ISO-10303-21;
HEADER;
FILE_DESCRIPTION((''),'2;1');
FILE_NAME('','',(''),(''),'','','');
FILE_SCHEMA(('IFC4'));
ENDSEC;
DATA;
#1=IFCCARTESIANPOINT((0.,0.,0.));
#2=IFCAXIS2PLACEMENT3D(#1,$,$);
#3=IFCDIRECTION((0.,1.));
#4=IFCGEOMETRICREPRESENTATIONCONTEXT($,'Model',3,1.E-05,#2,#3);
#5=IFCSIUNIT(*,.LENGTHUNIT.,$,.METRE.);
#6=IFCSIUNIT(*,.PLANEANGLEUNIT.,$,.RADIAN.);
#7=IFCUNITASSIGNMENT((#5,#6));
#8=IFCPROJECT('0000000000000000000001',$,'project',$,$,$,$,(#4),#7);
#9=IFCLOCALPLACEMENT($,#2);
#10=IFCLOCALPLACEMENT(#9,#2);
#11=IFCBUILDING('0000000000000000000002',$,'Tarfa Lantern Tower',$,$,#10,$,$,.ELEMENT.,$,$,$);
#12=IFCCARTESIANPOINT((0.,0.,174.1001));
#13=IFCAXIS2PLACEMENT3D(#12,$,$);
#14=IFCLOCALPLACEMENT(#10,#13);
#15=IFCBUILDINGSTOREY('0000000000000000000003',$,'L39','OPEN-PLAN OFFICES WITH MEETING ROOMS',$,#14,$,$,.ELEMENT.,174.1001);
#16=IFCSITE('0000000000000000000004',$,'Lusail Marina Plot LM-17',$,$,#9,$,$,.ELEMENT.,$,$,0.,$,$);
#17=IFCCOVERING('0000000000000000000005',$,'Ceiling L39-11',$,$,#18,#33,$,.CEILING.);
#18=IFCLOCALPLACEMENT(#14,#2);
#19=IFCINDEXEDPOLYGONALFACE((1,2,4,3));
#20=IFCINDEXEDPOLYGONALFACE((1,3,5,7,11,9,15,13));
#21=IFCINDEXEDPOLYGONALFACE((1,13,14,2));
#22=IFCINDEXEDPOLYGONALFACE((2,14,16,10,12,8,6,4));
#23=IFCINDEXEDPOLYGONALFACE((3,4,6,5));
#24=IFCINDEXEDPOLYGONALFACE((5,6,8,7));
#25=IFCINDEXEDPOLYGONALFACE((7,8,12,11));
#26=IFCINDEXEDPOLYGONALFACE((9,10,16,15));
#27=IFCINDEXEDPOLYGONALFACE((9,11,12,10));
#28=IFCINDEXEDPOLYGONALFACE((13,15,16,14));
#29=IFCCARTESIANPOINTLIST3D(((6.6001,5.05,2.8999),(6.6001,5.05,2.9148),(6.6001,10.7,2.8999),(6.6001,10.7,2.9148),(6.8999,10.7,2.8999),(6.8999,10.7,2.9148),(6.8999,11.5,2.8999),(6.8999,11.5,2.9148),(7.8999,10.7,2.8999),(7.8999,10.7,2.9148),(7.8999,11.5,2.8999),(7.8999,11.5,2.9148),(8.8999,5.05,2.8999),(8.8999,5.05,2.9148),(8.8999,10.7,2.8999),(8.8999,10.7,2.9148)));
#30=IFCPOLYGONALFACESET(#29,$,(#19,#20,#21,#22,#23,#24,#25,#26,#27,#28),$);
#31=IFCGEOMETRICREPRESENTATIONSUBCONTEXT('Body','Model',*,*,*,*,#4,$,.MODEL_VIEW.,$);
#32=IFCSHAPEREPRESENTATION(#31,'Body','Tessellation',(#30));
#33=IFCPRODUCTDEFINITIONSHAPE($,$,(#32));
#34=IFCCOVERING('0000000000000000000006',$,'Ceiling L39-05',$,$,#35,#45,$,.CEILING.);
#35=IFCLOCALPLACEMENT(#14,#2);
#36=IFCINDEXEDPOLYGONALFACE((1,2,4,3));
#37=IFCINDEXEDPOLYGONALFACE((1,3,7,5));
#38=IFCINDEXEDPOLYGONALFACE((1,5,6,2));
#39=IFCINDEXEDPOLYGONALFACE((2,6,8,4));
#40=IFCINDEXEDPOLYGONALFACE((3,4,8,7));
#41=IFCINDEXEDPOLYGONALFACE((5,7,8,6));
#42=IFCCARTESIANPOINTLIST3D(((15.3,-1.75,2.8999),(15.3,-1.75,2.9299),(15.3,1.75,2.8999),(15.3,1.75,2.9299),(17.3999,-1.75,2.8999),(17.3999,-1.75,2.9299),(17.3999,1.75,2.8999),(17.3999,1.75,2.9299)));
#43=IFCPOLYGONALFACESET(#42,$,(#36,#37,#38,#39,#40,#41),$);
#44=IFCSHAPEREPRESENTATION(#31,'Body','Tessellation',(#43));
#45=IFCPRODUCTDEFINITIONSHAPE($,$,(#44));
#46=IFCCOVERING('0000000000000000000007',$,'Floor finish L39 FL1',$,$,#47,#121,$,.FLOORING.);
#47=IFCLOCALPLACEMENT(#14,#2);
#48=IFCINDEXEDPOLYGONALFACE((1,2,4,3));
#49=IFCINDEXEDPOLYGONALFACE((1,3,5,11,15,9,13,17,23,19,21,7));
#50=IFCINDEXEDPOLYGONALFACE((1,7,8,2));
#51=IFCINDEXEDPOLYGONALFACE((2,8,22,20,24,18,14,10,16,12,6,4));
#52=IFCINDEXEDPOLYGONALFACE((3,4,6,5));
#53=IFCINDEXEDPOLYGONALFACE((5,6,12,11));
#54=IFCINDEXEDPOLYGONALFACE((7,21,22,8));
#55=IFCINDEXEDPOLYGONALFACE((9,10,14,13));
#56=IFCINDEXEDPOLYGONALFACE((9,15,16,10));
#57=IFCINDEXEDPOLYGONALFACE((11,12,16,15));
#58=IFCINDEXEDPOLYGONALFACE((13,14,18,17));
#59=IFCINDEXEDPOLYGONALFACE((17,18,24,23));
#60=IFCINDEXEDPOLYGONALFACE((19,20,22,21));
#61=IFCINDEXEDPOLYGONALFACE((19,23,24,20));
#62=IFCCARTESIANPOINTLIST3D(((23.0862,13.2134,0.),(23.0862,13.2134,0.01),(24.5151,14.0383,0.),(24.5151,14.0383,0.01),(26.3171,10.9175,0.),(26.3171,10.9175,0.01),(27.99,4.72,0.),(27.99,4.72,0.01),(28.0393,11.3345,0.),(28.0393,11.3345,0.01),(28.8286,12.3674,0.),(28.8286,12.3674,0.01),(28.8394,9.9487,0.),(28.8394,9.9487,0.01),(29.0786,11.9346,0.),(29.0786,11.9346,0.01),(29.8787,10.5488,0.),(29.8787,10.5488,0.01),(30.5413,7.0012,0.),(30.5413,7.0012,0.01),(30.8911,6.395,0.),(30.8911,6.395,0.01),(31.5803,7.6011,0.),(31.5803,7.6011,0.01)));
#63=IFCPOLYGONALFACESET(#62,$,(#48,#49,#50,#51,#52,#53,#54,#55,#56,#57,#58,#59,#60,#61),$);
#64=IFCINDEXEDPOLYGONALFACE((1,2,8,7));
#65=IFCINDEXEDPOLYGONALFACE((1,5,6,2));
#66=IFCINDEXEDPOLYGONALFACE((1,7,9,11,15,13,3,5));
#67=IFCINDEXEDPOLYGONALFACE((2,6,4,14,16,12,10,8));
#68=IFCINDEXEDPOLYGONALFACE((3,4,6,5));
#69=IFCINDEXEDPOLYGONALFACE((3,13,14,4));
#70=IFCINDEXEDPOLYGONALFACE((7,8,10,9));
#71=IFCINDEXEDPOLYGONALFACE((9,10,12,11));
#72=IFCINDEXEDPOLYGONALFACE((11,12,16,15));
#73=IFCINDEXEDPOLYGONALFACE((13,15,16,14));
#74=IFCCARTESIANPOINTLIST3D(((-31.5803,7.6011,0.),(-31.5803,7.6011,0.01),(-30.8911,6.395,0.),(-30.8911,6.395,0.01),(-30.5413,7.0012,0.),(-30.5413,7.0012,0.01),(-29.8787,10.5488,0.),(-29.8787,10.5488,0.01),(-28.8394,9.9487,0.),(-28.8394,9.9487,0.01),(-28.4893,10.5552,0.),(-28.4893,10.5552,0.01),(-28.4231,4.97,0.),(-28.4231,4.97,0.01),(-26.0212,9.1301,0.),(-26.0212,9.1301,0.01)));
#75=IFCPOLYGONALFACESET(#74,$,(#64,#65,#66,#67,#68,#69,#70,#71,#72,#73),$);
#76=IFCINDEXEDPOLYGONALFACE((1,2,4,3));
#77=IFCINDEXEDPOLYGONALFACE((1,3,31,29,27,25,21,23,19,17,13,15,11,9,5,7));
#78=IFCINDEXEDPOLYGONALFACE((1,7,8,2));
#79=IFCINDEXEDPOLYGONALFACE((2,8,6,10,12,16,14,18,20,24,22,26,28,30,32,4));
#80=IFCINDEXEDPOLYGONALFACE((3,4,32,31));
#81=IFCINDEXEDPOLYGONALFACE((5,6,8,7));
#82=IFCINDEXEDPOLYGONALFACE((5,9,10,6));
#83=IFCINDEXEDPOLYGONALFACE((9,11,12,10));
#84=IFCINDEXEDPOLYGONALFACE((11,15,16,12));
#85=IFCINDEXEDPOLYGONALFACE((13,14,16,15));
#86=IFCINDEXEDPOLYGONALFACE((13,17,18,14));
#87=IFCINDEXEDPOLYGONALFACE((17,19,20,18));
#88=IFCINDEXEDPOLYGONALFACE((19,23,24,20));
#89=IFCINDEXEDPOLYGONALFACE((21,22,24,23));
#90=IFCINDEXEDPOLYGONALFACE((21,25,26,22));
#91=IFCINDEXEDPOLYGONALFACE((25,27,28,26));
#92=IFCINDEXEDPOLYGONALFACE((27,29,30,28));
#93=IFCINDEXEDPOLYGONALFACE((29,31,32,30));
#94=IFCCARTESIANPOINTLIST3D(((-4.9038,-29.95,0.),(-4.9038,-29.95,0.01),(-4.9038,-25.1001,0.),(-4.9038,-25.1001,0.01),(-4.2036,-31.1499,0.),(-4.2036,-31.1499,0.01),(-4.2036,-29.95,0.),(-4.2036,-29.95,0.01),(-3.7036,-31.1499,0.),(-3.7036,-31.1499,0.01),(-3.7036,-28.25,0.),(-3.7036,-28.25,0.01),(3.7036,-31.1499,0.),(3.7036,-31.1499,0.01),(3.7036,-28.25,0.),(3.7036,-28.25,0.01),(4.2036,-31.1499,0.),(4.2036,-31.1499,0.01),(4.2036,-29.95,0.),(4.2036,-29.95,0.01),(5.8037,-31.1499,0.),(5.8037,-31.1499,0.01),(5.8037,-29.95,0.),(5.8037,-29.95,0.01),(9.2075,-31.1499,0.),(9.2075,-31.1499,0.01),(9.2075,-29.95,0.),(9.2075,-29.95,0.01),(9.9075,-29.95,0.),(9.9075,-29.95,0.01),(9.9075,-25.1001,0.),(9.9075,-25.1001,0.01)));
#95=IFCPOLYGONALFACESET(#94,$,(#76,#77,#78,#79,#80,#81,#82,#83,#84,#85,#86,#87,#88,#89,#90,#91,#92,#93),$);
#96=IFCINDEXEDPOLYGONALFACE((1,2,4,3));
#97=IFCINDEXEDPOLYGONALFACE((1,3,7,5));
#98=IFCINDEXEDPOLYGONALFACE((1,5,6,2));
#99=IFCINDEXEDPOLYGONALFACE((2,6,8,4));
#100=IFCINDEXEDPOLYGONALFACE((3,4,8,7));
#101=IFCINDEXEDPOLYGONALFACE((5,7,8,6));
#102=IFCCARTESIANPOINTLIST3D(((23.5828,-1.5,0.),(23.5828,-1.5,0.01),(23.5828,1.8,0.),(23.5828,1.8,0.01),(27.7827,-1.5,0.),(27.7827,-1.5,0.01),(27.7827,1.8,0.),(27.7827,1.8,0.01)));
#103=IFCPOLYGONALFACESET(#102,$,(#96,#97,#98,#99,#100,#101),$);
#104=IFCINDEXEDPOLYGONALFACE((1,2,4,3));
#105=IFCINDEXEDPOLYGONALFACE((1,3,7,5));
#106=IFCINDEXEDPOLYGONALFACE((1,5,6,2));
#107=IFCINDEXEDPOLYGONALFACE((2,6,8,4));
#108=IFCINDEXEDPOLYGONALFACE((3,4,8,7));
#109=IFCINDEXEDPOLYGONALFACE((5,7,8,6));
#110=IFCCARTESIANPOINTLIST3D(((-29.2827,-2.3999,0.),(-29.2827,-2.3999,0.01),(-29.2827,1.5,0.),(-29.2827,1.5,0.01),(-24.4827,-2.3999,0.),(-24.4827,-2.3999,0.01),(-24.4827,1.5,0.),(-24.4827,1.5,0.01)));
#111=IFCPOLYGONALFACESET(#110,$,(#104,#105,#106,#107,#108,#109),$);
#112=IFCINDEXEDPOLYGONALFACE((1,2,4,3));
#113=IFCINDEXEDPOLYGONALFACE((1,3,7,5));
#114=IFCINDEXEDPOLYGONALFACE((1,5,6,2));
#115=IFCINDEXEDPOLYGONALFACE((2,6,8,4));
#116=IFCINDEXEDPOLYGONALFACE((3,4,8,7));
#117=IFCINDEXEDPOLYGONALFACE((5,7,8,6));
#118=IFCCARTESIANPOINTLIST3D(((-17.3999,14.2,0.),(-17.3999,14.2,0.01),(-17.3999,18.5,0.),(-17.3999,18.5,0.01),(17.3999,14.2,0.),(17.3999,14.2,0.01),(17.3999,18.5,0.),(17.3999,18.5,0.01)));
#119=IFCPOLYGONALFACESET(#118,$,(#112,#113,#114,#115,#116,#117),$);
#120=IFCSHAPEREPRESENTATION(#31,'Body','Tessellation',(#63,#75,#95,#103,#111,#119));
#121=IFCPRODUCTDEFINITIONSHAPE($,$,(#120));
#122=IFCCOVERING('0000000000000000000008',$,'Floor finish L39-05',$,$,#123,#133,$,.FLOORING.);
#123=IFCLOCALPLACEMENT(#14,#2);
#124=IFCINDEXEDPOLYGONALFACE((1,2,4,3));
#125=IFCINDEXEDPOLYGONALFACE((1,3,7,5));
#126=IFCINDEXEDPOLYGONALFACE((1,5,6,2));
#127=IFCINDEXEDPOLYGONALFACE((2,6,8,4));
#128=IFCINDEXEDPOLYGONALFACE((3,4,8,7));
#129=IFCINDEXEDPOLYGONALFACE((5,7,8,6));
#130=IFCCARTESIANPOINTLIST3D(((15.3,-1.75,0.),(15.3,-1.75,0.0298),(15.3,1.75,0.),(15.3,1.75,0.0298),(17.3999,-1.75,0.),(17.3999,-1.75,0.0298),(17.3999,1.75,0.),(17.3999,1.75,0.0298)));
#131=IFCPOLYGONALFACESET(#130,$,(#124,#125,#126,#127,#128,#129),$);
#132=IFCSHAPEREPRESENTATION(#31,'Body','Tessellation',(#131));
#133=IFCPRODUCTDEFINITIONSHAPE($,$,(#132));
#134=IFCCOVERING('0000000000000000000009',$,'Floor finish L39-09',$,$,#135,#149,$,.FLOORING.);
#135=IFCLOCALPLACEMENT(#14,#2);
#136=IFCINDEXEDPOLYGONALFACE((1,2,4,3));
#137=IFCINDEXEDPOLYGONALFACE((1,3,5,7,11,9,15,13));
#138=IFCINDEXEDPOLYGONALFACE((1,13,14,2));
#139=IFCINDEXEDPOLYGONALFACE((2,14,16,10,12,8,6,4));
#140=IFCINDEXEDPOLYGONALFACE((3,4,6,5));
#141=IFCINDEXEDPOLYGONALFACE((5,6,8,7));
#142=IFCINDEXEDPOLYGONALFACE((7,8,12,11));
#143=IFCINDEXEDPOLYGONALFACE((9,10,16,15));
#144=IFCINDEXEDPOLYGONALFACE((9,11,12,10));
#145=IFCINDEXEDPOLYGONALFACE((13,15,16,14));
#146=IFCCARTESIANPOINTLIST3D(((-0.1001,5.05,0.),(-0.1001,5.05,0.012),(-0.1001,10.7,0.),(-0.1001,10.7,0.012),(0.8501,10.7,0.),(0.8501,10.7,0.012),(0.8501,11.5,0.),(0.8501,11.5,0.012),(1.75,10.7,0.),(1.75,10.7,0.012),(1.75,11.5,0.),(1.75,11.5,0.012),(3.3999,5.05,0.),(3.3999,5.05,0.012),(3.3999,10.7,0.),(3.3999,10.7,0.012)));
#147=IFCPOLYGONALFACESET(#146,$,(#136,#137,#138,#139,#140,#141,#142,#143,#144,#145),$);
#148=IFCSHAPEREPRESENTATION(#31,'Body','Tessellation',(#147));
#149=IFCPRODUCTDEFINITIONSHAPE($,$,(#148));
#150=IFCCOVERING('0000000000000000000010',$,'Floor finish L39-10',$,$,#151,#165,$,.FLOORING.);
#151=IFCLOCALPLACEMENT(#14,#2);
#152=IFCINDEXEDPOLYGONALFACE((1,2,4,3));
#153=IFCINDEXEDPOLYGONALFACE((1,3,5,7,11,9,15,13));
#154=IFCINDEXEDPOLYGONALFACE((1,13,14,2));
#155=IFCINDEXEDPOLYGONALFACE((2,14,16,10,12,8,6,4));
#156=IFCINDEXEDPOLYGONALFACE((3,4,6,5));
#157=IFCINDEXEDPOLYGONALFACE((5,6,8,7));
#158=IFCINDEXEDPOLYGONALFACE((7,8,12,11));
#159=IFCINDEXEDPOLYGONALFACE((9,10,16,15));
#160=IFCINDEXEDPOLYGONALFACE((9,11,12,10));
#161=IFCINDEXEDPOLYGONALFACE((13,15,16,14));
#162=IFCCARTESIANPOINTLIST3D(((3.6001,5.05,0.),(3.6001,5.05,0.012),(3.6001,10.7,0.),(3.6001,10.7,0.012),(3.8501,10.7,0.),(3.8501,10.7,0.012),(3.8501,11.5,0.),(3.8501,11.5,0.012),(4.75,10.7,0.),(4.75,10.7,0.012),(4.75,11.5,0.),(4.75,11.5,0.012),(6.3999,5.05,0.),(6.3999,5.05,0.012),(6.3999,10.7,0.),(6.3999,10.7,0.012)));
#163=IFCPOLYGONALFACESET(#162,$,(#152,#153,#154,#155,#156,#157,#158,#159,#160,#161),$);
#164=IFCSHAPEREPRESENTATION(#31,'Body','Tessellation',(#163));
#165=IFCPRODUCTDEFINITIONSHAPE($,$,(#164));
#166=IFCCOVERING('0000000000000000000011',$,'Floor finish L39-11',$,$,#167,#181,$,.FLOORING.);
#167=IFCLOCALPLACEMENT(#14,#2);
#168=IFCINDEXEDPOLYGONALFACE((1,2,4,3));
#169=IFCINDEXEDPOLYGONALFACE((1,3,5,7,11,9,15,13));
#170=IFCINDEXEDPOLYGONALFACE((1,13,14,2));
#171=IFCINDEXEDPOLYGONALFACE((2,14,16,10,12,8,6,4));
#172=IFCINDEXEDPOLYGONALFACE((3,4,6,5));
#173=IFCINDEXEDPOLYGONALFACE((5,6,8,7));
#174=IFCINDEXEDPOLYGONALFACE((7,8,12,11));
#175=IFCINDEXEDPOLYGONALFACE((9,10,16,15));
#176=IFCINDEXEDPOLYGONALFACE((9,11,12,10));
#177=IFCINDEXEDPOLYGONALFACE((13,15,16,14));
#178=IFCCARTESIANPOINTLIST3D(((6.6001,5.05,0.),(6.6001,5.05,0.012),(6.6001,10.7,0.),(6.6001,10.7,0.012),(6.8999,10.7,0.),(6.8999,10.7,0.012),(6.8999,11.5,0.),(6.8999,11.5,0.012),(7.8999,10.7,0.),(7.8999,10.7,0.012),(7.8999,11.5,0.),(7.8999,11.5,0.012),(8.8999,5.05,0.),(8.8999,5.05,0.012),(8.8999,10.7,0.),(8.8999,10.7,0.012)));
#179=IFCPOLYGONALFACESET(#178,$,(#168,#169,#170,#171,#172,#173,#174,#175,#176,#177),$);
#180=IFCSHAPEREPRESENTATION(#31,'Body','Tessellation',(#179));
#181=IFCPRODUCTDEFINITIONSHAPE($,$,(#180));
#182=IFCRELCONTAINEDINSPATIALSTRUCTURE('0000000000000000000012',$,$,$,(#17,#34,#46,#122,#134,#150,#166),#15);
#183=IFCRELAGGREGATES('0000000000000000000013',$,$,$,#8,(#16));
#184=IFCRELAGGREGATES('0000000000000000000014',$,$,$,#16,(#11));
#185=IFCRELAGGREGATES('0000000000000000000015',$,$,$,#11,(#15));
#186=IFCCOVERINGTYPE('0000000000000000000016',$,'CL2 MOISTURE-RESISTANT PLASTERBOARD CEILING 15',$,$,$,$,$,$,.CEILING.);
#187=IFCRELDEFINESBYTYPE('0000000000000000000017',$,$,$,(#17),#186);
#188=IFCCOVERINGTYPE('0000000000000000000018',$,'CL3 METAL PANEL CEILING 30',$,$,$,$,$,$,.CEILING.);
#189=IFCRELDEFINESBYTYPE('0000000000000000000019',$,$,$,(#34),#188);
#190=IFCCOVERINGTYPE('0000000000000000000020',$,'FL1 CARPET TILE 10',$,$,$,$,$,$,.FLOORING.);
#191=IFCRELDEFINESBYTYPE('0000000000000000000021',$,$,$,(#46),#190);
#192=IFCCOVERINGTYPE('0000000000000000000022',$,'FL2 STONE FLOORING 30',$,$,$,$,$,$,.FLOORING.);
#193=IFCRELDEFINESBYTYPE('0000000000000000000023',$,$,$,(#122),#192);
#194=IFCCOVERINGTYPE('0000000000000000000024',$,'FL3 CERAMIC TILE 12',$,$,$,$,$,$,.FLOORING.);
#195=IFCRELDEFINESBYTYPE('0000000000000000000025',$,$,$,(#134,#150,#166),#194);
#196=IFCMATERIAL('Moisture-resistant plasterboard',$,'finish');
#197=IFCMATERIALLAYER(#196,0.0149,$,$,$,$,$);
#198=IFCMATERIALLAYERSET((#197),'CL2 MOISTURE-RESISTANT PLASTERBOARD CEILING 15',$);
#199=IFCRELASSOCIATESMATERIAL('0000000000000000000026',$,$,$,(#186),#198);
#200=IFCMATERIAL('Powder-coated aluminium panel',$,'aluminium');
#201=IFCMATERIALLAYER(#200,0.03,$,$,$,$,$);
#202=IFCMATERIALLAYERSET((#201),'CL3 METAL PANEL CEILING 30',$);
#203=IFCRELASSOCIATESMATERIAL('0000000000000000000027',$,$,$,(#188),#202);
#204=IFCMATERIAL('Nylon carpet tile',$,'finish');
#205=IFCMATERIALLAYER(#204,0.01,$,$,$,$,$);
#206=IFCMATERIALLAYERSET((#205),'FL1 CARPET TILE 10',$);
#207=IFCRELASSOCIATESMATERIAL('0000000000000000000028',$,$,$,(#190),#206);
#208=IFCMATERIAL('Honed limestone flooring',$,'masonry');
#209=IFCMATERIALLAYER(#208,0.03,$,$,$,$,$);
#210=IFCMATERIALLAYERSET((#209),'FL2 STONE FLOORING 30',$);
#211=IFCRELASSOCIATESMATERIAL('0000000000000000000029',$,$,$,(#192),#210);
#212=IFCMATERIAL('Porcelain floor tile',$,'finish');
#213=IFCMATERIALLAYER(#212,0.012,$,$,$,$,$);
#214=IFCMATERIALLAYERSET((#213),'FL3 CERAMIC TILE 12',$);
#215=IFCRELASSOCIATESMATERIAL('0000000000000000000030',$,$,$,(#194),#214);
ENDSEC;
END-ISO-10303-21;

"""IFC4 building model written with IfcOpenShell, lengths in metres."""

from ifc_helpers import new_model, si_unit, direction, frame, origin, place, context, subcontext, project, spatial, polyline, outline, extrude, material, layer, layer_set, type_object, element, save


model = new_model("IFC4")

# Units and contexts
model_context = context("Model", 3, precision=1e-05, world=origin(), true_north=direction((0.0, 1.0)))
body_context = subcontext(model_context, "Body", "Model", "MODEL_VIEW")
ifc_project = project(units=[si_unit("LENGTHUNIT", "METRE"), si_unit("PLANEANGLEUNIT", "RADIAN")], contexts=[model_context])

# Site, building, storey
site_placement = place(None, origin())
site = spatial("IfcSite", under=ifc_project, at=site_placement, Name="Lusail Marina Plot LM-17", CompositionType="ELEMENT", RefElevation=0.0)
building_placement = place(site_placement, origin())
building = spatial("IfcBuilding", under=site, at=building_placement, Name="Tarfa Lantern Tower", CompositionType="ELEMENT")
storey_placement = place(building_placement, frame((0.0, 0.0, 174.1001)))
storey = spatial("IfcBuildingStorey", under=building, at=storey_placement, Name="L39", Description="OPEN-PLAN OFFICES WITH MEETING ROOMS", CompositionType="ELEMENT", Elevation=174.1001)

# Coverings
ifc_material_1 = material(Name="Moisture-resistant plasterboard", Category="finish")
ifc_layer_1 = layer(ifc_material_1, 0.0149)
ifc_layer_set_1 = layer_set([ifc_layer_1], Name="CL2 MOISTURE-RESISTANT PLASTERBOARD CEILING 15")
covering_type_1 = type_object("IfcCoveringType", Name="CL2 MOISTURE-RESISTANT PLASTERBOARD CEILING 15", PredefinedType="CEILING", material=ifc_layer_set_1)
covering_1_placement = place(storey_placement, frame((0.0, 0.0, 2.8999)))
element("IfcCovering", 1, at=covering_1_placement, inside=storey, type_object=covering_type_1, Name="Ceiling L39-11", PredefinedType="CEILING", context=body_context, shape_type="SweptSolid", body=[
    extrude(outline(polyline([(6.6001, 5.05), (8.8999, 5.05), (8.8999, 10.7), (7.8999, 10.7), (7.8999, 11.5), (6.8999, 11.5), (6.8999, 10.7), (6.6001, 10.7), (6.6001, 5.05)])), origin(), (0.0, 0.0, 1.0), 0.0149),
])
ifc_material_2 = material(Name="Powder-coated aluminium panel", Category="aluminium")
ifc_layer_2 = layer(ifc_material_2, 0.03)
ifc_layer_set_2 = layer_set([ifc_layer_2], Name="CL3 METAL PANEL CEILING 30")
covering_type_2 = type_object("IfcCoveringType", Name="CL3 METAL PANEL CEILING 30", PredefinedType="CEILING", material=ifc_layer_set_2)
covering_2_placement = place(storey_placement, frame((0.0, 0.0, 2.8999)))
element("IfcCovering", 2, at=covering_2_placement, inside=storey, type_object=covering_type_2, Name="Ceiling L39-05", PredefinedType="CEILING", context=body_context, shape_type="SweptSolid", body=[
    extrude(outline(polyline([(15.3, -1.75), (17.3999, -1.75), (17.3999, 1.75), (15.3, 1.75), (15.3, -1.75)])), origin(), (0.0, 0.0, 1.0), 0.03),
])
ifc_material_3 = material(Name="Nylon carpet tile", Category="finish")
ifc_layer_3 = layer(ifc_material_3, 0.01)
ifc_layer_set_3 = layer_set([ifc_layer_3], Name="FL1 CARPET TILE 10")
covering_type_3 = type_object("IfcCoveringType", Name="FL1 CARPET TILE 10", PredefinedType="FLOORING", material=ifc_layer_set_3)
covering_3_placement = place(storey_placement, origin())
element("IfcCovering", 3, at=covering_3_placement, inside=storey, type_object=covering_type_3, Name="Floor finish L39 FL1", PredefinedType="FLOORING", context=body_context, shape_type="SweptSolid", body=[
    extrude(outline(polyline([(27.99, 4.72), (23.0862, 13.2134), (24.5151, 14.0383), (26.3171, 10.9175), (28.8286, 12.3674), (29.0786, 11.9346), (28.0393, 11.3345), (28.8394, 9.9487), (29.8787, 10.5488), (31.5803, 7.6011), (30.5413, 7.0012), (30.8911, 6.395), (27.99, 4.72)])), origin(), (0.0, 0.0, 1.0), 0.01),
    extrude(outline(polyline([(-28.4231, 4.97), (-30.8911, 6.395), (-30.5413, 7.0012), (-31.5803, 7.6011), (-29.8787, 10.5488), (-28.8394, 9.9487), (-28.4893, 10.5552), (-26.0212, 9.1301), (-28.4231, 4.97)])), origin(), (0.0, 0.0, 1.0), 0.01),
    extrude(outline(polyline([(9.9075, -25.1001), (9.9075, -29.95), (9.2075, -29.95), (9.2075, -31.1499), (5.8037, -31.1499), (5.8037, -29.95), (4.2036, -29.95), (4.2036, -31.1499), (3.7036, -31.1499), (3.7036, -28.25), (-3.7036, -28.25), (-3.7036, -31.1499), (-4.2036, -31.1499), (-4.2036, -29.95), (-4.9038, -29.95), (-4.9038, -25.1001), (9.9075, -25.1001)])), origin(), (0.0, 0.0, 1.0), 0.01),
    extrude(outline(polyline([(27.7827, 1.8), (27.7827, -1.5), (23.5828, -1.5), (23.5828, 1.8), (27.7827, 1.8)])), origin(), (0.0, 0.0, 1.0), 0.01),
    extrude(outline(polyline([(-29.2827, -2.3999), (-29.2827, 1.5), (-24.4827, 1.5), (-24.4827, -2.3999), (-29.2827, -2.3999)])), origin(), (0.0, 0.0, 1.0), 0.01),
    extrude(outline(polyline([(-17.3999, 18.5), (17.3999, 18.5), (17.3999, 14.2), (-17.3999, 14.2), (-17.3999, 18.5)])), origin(), (0.0, 0.0, 1.0), 0.01),
])
ifc_material_4 = material(Name="Honed limestone flooring", Category="masonry")
ifc_layer_4 = layer(ifc_material_4, 0.03)
ifc_layer_set_4 = layer_set([ifc_layer_4], Name="FL2 STONE FLOORING 30")
covering_type_4 = type_object("IfcCoveringType", Name="FL2 STONE FLOORING 30", PredefinedType="FLOORING", material=ifc_layer_set_4)
covering_4_placement = place(storey_placement, origin())
element("IfcCovering", 4, at=covering_4_placement, inside=storey, type_object=covering_type_4, Name="Floor finish L39-05", PredefinedType="FLOORING", context=body_context, shape_type="SweptSolid", body=[
    extrude(outline(polyline([(15.3, -1.75), (17.3999, -1.75), (17.3999, 1.75), (15.3, 1.75), (15.3, -1.75)])), origin(), (0.0, 0.0, 1.0), 0.0298),
])
ifc_material_5 = material(Name="Porcelain floor tile", Category="finish")
ifc_layer_5 = layer(ifc_material_5, 0.012)
ifc_layer_set_5 = layer_set([ifc_layer_5], Name="FL3 CERAMIC TILE 12")
covering_type_5 = type_object("IfcCoveringType", Name="FL3 CERAMIC TILE 12", PredefinedType="FLOORING", material=ifc_layer_set_5)
covering_5_placement = place(storey_placement, origin())
element("IfcCovering", 5, at=covering_5_placement, inside=storey, type_object=covering_type_5, Name="Floor finish L39-09", PredefinedType="FLOORING", context=body_context, shape_type="SweptSolid", body=[
    extrude(outline(polyline([(0.8501, 10.7), (-0.1001, 10.7), (-0.1001, 5.05), (3.3999, 5.05), (3.3999, 10.7), (1.75, 10.7), (1.75, 11.5), (0.8501, 11.5), (0.8501, 11.5), (0.8501, 10.7)])), origin(), (0.0, 0.0, 1.0), 0.012),
])
covering_6_placement = place(storey_placement, origin())
element("IfcCovering", 6, at=covering_6_placement, inside=storey, type_object=covering_type_5, Name="Floor finish L39-10", PredefinedType="FLOORING", context=body_context, shape_type="SweptSolid", body=[
    extrude(outline(polyline([(3.6001, 5.05), (6.3999, 5.05), (6.3999, 10.7), (4.75, 10.7), (4.75, 11.5), (3.8501, 11.5), (3.8501, 10.7), (3.6001, 10.7), (3.6001, 5.05)])), origin(), (0.0, 0.0, 1.0), 0.012),
])
covering_7_placement = place(storey_placement, origin())
element("IfcCovering", 7, at=covering_7_placement, inside=storey, type_object=covering_type_5, Name="Floor finish L39-11", PredefinedType="FLOORING", context=body_context, shape_type="SweptSolid", body=[
    extrude(outline(polyline([(6.6001, 5.05), (8.8999, 5.05), (8.8999, 10.7), (7.8999, 10.7), (7.8999, 11.5), (6.8999, 11.5), (6.8999, 10.7), (6.6001, 10.7), (6.6001, 5.05)])), origin(), (0.0, 0.0, 1.0), 0.012),
])

save(model, "model.ifc")
